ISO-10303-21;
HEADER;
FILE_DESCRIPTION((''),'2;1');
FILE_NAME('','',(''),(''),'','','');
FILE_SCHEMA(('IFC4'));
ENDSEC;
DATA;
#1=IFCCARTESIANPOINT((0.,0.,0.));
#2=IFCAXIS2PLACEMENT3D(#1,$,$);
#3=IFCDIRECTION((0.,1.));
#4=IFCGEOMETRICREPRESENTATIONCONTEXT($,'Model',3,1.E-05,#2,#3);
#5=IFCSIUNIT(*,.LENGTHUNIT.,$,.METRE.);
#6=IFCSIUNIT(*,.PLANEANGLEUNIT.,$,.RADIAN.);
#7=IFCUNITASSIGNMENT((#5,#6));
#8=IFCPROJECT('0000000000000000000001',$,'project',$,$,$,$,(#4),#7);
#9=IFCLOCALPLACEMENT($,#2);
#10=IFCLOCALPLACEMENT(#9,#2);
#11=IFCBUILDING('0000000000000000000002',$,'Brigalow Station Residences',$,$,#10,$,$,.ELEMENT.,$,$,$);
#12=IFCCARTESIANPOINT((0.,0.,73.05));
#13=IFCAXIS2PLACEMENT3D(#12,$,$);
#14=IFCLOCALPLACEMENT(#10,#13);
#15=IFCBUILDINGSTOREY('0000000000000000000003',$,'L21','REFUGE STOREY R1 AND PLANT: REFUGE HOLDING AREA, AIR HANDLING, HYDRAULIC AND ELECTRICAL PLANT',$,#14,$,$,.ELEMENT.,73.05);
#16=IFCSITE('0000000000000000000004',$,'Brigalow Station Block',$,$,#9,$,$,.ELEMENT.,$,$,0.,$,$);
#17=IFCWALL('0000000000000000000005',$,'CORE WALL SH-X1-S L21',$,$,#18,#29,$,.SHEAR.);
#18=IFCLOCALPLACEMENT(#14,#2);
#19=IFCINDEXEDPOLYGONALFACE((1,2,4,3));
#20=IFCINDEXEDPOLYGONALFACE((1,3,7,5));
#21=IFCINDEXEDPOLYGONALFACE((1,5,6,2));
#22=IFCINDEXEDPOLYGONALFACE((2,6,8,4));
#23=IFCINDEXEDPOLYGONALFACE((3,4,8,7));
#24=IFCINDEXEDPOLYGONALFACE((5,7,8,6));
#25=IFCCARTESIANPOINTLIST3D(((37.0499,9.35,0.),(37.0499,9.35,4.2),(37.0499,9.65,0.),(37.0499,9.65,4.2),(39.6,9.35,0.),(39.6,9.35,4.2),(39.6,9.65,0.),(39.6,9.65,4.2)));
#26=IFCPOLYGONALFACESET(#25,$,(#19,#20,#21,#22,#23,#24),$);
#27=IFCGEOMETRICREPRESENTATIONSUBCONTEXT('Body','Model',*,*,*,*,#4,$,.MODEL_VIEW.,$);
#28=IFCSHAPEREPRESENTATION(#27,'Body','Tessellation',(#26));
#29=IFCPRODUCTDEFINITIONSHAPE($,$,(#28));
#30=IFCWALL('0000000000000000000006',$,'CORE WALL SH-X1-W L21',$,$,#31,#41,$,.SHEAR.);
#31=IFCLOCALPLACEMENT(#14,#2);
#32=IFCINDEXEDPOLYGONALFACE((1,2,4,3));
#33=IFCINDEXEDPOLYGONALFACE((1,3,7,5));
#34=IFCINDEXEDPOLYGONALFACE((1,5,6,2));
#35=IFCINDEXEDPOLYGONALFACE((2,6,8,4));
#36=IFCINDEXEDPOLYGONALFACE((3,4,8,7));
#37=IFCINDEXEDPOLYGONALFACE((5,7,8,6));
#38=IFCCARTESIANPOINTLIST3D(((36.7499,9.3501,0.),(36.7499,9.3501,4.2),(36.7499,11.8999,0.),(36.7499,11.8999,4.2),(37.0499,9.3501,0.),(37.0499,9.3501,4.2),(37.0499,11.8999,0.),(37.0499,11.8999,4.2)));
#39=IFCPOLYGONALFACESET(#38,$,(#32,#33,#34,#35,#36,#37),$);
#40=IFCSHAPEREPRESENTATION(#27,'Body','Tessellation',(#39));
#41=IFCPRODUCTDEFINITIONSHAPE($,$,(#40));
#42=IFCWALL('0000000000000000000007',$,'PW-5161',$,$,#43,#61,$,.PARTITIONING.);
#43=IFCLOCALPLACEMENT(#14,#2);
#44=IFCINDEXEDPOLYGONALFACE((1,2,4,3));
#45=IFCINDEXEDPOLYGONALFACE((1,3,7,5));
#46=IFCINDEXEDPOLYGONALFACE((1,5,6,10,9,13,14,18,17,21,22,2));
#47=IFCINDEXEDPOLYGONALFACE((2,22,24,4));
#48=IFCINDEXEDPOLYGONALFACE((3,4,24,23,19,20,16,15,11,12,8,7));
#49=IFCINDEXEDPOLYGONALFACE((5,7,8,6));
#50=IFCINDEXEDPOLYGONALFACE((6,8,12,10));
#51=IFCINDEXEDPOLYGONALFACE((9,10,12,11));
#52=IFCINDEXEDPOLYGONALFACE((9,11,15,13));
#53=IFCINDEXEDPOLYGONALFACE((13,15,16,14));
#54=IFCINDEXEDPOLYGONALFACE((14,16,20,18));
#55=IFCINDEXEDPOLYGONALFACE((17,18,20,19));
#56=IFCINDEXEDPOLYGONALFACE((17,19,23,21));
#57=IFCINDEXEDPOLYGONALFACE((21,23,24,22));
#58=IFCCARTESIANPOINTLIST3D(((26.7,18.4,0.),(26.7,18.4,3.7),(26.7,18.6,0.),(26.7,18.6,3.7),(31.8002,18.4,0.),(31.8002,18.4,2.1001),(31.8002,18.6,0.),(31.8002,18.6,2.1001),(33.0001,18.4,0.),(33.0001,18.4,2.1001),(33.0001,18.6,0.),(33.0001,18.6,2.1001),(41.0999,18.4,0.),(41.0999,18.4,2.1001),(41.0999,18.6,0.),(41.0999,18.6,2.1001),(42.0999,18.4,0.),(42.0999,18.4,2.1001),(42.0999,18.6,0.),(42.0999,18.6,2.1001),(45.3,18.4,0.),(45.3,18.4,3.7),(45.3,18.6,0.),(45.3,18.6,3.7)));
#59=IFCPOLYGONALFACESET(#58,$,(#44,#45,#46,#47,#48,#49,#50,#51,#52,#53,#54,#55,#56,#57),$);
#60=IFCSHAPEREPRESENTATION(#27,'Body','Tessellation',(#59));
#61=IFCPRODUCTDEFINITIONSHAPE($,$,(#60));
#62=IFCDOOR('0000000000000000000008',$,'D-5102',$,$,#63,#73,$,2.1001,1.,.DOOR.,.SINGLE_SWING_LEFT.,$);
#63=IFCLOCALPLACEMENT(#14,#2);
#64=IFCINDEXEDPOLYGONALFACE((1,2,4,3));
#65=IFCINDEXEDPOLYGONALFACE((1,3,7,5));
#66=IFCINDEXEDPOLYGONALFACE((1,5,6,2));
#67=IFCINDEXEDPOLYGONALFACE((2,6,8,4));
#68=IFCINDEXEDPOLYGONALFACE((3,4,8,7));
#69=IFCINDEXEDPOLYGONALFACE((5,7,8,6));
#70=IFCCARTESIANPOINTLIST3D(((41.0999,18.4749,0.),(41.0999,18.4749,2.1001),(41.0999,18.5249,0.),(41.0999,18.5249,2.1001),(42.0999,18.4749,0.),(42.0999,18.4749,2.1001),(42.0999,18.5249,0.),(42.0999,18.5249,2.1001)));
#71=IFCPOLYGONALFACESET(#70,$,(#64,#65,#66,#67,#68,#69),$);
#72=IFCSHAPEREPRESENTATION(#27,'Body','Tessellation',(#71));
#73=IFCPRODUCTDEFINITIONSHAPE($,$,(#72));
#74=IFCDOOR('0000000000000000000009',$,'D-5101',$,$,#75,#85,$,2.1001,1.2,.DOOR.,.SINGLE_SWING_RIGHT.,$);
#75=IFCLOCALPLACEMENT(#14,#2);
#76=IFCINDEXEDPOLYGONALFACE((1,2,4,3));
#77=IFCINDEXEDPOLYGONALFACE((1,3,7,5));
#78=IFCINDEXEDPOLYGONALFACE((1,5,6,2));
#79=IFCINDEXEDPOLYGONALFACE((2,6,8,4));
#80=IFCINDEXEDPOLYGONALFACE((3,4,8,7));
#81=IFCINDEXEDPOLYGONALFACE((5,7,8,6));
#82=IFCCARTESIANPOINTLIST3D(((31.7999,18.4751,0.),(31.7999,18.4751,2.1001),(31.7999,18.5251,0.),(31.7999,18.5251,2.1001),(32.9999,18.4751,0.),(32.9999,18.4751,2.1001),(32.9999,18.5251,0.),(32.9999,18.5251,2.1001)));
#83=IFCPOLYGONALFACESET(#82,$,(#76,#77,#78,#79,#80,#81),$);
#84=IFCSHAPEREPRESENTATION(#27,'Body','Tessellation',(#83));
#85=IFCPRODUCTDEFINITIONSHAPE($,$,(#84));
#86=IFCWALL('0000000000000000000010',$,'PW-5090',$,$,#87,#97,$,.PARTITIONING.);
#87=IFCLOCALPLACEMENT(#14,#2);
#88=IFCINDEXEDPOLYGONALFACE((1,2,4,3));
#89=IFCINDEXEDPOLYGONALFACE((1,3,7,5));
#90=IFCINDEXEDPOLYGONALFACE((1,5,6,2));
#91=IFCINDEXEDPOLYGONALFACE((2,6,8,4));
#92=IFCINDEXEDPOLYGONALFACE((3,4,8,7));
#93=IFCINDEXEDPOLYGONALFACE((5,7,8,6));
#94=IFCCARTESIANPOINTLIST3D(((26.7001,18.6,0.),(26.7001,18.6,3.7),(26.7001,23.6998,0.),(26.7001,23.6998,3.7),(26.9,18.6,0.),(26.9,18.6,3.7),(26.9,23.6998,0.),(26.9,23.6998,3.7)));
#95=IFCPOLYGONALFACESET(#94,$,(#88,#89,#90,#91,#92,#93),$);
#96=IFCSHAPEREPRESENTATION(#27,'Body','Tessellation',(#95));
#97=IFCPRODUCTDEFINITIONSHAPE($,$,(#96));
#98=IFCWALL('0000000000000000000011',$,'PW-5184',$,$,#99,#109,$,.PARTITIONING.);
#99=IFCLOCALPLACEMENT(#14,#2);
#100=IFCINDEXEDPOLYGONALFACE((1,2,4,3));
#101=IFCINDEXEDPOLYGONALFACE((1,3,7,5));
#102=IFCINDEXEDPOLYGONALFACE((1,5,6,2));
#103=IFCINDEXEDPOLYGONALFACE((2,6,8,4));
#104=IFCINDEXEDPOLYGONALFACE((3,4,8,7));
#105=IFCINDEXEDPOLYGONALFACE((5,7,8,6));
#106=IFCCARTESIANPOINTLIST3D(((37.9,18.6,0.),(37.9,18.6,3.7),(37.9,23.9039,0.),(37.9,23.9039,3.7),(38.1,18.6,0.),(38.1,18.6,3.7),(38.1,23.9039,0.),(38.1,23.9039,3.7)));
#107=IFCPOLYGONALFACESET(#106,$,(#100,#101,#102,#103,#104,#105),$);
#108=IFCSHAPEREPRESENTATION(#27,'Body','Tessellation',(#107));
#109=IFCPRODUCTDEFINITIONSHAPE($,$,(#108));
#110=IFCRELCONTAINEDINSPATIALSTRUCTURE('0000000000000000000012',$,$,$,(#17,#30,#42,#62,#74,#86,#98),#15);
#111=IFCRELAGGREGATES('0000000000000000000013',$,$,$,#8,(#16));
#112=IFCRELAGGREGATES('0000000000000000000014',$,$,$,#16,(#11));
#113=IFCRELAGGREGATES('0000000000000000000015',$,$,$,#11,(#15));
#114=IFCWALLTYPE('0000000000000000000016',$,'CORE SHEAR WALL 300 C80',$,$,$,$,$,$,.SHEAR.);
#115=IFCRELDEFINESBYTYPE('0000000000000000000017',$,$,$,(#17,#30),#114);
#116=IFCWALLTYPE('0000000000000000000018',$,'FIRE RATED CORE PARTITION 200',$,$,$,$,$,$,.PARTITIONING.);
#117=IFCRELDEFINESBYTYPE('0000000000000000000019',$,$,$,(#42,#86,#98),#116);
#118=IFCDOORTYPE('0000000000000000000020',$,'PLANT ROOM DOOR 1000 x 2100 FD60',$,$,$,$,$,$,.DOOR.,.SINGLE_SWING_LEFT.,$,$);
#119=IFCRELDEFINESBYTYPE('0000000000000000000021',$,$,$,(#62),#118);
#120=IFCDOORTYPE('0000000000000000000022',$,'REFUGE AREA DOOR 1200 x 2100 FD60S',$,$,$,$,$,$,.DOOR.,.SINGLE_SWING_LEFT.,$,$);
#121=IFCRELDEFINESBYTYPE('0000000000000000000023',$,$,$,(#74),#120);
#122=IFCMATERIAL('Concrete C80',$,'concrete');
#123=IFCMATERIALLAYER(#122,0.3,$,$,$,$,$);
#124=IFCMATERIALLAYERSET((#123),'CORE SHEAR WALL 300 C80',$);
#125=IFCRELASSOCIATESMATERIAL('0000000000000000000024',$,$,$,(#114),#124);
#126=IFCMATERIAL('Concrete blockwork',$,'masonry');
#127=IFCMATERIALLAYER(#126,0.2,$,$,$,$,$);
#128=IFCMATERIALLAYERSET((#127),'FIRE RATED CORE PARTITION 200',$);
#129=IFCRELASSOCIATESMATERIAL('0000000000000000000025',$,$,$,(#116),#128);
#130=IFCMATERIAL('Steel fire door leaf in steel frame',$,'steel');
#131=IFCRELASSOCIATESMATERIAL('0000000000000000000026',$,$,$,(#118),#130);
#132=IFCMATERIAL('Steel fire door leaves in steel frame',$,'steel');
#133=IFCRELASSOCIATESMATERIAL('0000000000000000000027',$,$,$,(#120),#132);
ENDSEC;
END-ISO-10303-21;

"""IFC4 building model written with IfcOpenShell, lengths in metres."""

from ifc_helpers import new_model, si_unit, direction, frame, frame_2d, origin, place, context, subcontext, project, spatial, rectangle, extrude, material, layer, layer_set, type_object, element, fill, save


model = new_model("IFC4")

# Units and contexts
model_context = context("Model", 3, precision=1e-05, world=origin(), true_north=direction((0.0, 1.0)))
body_context = subcontext(model_context, "Body", "Model", "MODEL_VIEW")
ifc_project = project(units=[si_unit("LENGTHUNIT", "METRE"), si_unit("PLANEANGLEUNIT", "RADIAN")], contexts=[model_context])

# Site, building, storey
site_placement = place(None, origin())
site = spatial("IfcSite", under=ifc_project, at=site_placement, Name="Brigalow Station Block", CompositionType="ELEMENT", RefElevation=0.0)
building_placement = place(site_placement, origin())
building = spatial("IfcBuilding", under=site, at=building_placement, Name="Brigalow Station Residences", CompositionType="ELEMENT")
storey_placement = place(building_placement, frame((0.0, 0.0, 73.05)))
storey = spatial("IfcBuildingStorey", under=building, at=storey_placement, Name="L21", Description="REFUGE STOREY R1 AND PLANT: REFUGE HOLDING AREA, AIR HANDLING, HYDRAULIC AND ELECTRICAL PLANT", CompositionType="ELEMENT", Elevation=73.05)

# Walls
ifc_material_1 = material(Name="Concrete C80", Category="concrete")
ifc_layer_1 = layer(ifc_material_1, 0.3)
ifc_layer_set_1 = layer_set([ifc_layer_1], Name="CORE SHEAR WALL 300 C80")
wall_type_1 = type_object("IfcWallType", Name="CORE SHEAR WALL 300 C80", PredefinedType="SHEAR", material=ifc_layer_set_1)
wall_1_placement = place(storey_placement, frame((37.05, 9.5, 0.0), z_axis=(0.0, 0.0, 1.0), x_axis=(1.0, 0.0, 0.0)))
element("IfcWall", 1, at=wall_1_placement, inside=storey, type_object=wall_type_1, Name="CORE WALL SH-X1-S L21", PredefinedType="SHEAR", context=body_context, shape_type="SweptSolid", body=[
    extrude(rectangle(XDim=2.55, YDim=0.3, at=frame_2d((1.2749, 0.0))), origin(), (0.0, 0.0, 1.0), 4.2),
])
wall_2_placement = place(storey_placement, frame((36.8999, 9.3501, 0.0), z_axis=(0.0, 0.0, 1.0), x_axis=(0.0, 1.0, 0.0)))
element("IfcWall", 2, at=wall_2_placement, inside=storey, type_object=wall_type_1, Name="CORE WALL SH-X1-W L21", PredefinedType="SHEAR", context=body_context, shape_type="SweptSolid", body=[
    extrude(rectangle(XDim=2.5498, YDim=0.3, at=frame_2d((1.2749, 0.0))), origin(), (0.0, 0.0, 1.0), 4.2),
])

# Wall, openings, doors
ifc_material_2 = material(Name="Concrete blockwork", Category="masonry")
ifc_layer_2 = layer(ifc_material_2, 0.2)
ifc_layer_set_2 = layer_set([ifc_layer_2], Name="FIRE RATED CORE PARTITION 200")
wall_type_2 = type_object("IfcWallType", Name="FIRE RATED CORE PARTITION 200", PredefinedType="PARTITIONING", material=ifc_layer_set_2)
wall_3_placement = place(storey_placement, frame((26.7, 18.5, 0.0), z_axis=(0.0, 0.0, 1.0), x_axis=(1.0, 0.0, 0.0)))
wall_3 = element("IfcWall", 3, at=wall_3_placement, inside=storey, type_object=wall_type_2, Name="PW-5161", PredefinedType="PARTITIONING", context=body_context, shape_type="SweptSolid", body=[
    extrude(rectangle(XDim=18.6001, YDim=0.2, at=frame_2d((9.3, 0.0))), origin(), (0.0, 0.0, 1.0), 3.7),
])
opening_1_placement = place(wall_3_placement, frame((5.1001, 0.0, 0.0)))
opening_1 = element("IfcOpeningElement", 4, at=opening_1_placement, cuts=wall_3, PredefinedType="OPENING", context=body_context, shape_type="SweptSolid", body=[
    extrude(rectangle(XDim=1.2, YDim=2.1001, at=frame_2d((0.6001, 1.05))), frame((0.0, 0.1099, 0.0), z_axis=(0.0, -1.0, 0.0), x_axis=(1.0, 0.0, 0.0)), (0.0, 0.0, 1.0), 0.22),
])
opening_2_placement = place(wall_3_placement, frame((14.3999, 0.0, 0.0)))
opening_2 = element("IfcOpeningElement", 5, at=opening_2_placement, cuts=wall_3, PredefinedType="OPENING", context=body_context, shape_type="SweptSolid", body=[
    extrude(rectangle(XDim=1.0, YDim=2.1001, at=frame_2d((0.5, 1.05))), frame((0.0, 0.1099, 0.0), z_axis=(0.0, -1.0, 0.0), x_axis=(1.0, 0.0, 0.0)), (0.0, 0.0, 1.0), 0.22),
])
ifc_material_3 = material(Name="Steel fire door leaf in steel frame", Category="steel")
door_type_1 = type_object("IfcDoorType", Name="PLANT ROOM DOOR 1000 x 2100 FD60", OperationType="SINGLE_SWING_LEFT", PredefinedType="DOOR", material=ifc_material_3)
door_1_placement = place(opening_2_placement, origin())
door_1 = element("IfcDoor", 6, at=door_1_placement, inside=storey, type_object=door_type_1, Name="D-5102", OperationType="SINGLE_SWING_LEFT", OverallHeight=2.1001, OverallWidth=1.0, PredefinedType="DOOR", context=body_context, shape_type="SweptSolid", body=[
    extrude(rectangle(XDim=1.0, YDim=2.1001, at=frame_2d((0.5, 1.05))), frame((0.0, 0.0249, 0.0), z_axis=(0.0, -1.0, 0.0), x_axis=(1.0, 0.0, 0.0)), (0.0, 0.0, 1.0), 0.05),
])
fill(opening_2, door_1)
ifc_material_4 = material(Name="Steel fire door leaves in steel frame", Category="steel")
door_type_2 = type_object("IfcDoorType", Name="REFUGE AREA DOOR 1200 x 2100 FD60S", OperationType="SINGLE_SWING_LEFT", PredefinedType="DOOR", material=ifc_material_4)
door_2_placement = place(opening_1_placement, frame((1.2, 0.0, 0.0), z_axis=(0.0, 0.0, 1.0), x_axis=(-1.0, 0.0, 0.0)))
door_2 = element("IfcDoor", 7, at=door_2_placement, inside=storey, type_object=door_type_2, Name="D-5101", OperationType="SINGLE_SWING_RIGHT", OverallHeight=2.1001, OverallWidth=1.2, PredefinedType="DOOR", context=body_context, shape_type="SweptSolid", body=[
    extrude(rectangle(XDim=1.2, YDim=2.1001, at=frame_2d((0.6001, 1.05))), frame((0.0, 0.0249, 0.0), z_axis=(0.0, -1.0, 0.0), x_axis=(1.0, 0.0, 0.0)), (0.0, 0.0, 1.0), 0.05),
])
fill(opening_1, door_2)

# Walls
wall_4_placement = place(storey_placement, frame((26.8, 18.6001, 0.0), z_axis=(0.0, 0.0, 1.0), x_axis=(0.0, 1.0, 0.0)))
element("IfcWall", 8, at=wall_4_placement, inside=storey, type_object=wall_type_2, Name="PW-5090", PredefinedType="PARTITIONING", context=body_context, shape_type="SweptSolid", body=[
    extrude(rectangle(XDim=5.0999, YDim=0.2, at=frame_2d((2.5498, 0.0))), origin(), (0.0, 0.0, 1.0), 3.7),
])
wall_5_placement = place(storey_placement, frame((38.0, 18.6001, 0.0), z_axis=(0.0, 0.0, 1.0), x_axis=(0.0, 1.0, 0.0)))
element("IfcWall", 9, at=wall_5_placement, inside=storey, type_object=wall_type_2, Name="PW-5184", PredefinedType="PARTITIONING", context=body_context, shape_type="SweptSolid", body=[
    extrude(rectangle(XDim=5.304, YDim=0.2, at=frame_2d((2.6519, 0.0))), origin(), (0.0, 0.0, 1.0), 3.7),
])

save(model, "model.ifc")
